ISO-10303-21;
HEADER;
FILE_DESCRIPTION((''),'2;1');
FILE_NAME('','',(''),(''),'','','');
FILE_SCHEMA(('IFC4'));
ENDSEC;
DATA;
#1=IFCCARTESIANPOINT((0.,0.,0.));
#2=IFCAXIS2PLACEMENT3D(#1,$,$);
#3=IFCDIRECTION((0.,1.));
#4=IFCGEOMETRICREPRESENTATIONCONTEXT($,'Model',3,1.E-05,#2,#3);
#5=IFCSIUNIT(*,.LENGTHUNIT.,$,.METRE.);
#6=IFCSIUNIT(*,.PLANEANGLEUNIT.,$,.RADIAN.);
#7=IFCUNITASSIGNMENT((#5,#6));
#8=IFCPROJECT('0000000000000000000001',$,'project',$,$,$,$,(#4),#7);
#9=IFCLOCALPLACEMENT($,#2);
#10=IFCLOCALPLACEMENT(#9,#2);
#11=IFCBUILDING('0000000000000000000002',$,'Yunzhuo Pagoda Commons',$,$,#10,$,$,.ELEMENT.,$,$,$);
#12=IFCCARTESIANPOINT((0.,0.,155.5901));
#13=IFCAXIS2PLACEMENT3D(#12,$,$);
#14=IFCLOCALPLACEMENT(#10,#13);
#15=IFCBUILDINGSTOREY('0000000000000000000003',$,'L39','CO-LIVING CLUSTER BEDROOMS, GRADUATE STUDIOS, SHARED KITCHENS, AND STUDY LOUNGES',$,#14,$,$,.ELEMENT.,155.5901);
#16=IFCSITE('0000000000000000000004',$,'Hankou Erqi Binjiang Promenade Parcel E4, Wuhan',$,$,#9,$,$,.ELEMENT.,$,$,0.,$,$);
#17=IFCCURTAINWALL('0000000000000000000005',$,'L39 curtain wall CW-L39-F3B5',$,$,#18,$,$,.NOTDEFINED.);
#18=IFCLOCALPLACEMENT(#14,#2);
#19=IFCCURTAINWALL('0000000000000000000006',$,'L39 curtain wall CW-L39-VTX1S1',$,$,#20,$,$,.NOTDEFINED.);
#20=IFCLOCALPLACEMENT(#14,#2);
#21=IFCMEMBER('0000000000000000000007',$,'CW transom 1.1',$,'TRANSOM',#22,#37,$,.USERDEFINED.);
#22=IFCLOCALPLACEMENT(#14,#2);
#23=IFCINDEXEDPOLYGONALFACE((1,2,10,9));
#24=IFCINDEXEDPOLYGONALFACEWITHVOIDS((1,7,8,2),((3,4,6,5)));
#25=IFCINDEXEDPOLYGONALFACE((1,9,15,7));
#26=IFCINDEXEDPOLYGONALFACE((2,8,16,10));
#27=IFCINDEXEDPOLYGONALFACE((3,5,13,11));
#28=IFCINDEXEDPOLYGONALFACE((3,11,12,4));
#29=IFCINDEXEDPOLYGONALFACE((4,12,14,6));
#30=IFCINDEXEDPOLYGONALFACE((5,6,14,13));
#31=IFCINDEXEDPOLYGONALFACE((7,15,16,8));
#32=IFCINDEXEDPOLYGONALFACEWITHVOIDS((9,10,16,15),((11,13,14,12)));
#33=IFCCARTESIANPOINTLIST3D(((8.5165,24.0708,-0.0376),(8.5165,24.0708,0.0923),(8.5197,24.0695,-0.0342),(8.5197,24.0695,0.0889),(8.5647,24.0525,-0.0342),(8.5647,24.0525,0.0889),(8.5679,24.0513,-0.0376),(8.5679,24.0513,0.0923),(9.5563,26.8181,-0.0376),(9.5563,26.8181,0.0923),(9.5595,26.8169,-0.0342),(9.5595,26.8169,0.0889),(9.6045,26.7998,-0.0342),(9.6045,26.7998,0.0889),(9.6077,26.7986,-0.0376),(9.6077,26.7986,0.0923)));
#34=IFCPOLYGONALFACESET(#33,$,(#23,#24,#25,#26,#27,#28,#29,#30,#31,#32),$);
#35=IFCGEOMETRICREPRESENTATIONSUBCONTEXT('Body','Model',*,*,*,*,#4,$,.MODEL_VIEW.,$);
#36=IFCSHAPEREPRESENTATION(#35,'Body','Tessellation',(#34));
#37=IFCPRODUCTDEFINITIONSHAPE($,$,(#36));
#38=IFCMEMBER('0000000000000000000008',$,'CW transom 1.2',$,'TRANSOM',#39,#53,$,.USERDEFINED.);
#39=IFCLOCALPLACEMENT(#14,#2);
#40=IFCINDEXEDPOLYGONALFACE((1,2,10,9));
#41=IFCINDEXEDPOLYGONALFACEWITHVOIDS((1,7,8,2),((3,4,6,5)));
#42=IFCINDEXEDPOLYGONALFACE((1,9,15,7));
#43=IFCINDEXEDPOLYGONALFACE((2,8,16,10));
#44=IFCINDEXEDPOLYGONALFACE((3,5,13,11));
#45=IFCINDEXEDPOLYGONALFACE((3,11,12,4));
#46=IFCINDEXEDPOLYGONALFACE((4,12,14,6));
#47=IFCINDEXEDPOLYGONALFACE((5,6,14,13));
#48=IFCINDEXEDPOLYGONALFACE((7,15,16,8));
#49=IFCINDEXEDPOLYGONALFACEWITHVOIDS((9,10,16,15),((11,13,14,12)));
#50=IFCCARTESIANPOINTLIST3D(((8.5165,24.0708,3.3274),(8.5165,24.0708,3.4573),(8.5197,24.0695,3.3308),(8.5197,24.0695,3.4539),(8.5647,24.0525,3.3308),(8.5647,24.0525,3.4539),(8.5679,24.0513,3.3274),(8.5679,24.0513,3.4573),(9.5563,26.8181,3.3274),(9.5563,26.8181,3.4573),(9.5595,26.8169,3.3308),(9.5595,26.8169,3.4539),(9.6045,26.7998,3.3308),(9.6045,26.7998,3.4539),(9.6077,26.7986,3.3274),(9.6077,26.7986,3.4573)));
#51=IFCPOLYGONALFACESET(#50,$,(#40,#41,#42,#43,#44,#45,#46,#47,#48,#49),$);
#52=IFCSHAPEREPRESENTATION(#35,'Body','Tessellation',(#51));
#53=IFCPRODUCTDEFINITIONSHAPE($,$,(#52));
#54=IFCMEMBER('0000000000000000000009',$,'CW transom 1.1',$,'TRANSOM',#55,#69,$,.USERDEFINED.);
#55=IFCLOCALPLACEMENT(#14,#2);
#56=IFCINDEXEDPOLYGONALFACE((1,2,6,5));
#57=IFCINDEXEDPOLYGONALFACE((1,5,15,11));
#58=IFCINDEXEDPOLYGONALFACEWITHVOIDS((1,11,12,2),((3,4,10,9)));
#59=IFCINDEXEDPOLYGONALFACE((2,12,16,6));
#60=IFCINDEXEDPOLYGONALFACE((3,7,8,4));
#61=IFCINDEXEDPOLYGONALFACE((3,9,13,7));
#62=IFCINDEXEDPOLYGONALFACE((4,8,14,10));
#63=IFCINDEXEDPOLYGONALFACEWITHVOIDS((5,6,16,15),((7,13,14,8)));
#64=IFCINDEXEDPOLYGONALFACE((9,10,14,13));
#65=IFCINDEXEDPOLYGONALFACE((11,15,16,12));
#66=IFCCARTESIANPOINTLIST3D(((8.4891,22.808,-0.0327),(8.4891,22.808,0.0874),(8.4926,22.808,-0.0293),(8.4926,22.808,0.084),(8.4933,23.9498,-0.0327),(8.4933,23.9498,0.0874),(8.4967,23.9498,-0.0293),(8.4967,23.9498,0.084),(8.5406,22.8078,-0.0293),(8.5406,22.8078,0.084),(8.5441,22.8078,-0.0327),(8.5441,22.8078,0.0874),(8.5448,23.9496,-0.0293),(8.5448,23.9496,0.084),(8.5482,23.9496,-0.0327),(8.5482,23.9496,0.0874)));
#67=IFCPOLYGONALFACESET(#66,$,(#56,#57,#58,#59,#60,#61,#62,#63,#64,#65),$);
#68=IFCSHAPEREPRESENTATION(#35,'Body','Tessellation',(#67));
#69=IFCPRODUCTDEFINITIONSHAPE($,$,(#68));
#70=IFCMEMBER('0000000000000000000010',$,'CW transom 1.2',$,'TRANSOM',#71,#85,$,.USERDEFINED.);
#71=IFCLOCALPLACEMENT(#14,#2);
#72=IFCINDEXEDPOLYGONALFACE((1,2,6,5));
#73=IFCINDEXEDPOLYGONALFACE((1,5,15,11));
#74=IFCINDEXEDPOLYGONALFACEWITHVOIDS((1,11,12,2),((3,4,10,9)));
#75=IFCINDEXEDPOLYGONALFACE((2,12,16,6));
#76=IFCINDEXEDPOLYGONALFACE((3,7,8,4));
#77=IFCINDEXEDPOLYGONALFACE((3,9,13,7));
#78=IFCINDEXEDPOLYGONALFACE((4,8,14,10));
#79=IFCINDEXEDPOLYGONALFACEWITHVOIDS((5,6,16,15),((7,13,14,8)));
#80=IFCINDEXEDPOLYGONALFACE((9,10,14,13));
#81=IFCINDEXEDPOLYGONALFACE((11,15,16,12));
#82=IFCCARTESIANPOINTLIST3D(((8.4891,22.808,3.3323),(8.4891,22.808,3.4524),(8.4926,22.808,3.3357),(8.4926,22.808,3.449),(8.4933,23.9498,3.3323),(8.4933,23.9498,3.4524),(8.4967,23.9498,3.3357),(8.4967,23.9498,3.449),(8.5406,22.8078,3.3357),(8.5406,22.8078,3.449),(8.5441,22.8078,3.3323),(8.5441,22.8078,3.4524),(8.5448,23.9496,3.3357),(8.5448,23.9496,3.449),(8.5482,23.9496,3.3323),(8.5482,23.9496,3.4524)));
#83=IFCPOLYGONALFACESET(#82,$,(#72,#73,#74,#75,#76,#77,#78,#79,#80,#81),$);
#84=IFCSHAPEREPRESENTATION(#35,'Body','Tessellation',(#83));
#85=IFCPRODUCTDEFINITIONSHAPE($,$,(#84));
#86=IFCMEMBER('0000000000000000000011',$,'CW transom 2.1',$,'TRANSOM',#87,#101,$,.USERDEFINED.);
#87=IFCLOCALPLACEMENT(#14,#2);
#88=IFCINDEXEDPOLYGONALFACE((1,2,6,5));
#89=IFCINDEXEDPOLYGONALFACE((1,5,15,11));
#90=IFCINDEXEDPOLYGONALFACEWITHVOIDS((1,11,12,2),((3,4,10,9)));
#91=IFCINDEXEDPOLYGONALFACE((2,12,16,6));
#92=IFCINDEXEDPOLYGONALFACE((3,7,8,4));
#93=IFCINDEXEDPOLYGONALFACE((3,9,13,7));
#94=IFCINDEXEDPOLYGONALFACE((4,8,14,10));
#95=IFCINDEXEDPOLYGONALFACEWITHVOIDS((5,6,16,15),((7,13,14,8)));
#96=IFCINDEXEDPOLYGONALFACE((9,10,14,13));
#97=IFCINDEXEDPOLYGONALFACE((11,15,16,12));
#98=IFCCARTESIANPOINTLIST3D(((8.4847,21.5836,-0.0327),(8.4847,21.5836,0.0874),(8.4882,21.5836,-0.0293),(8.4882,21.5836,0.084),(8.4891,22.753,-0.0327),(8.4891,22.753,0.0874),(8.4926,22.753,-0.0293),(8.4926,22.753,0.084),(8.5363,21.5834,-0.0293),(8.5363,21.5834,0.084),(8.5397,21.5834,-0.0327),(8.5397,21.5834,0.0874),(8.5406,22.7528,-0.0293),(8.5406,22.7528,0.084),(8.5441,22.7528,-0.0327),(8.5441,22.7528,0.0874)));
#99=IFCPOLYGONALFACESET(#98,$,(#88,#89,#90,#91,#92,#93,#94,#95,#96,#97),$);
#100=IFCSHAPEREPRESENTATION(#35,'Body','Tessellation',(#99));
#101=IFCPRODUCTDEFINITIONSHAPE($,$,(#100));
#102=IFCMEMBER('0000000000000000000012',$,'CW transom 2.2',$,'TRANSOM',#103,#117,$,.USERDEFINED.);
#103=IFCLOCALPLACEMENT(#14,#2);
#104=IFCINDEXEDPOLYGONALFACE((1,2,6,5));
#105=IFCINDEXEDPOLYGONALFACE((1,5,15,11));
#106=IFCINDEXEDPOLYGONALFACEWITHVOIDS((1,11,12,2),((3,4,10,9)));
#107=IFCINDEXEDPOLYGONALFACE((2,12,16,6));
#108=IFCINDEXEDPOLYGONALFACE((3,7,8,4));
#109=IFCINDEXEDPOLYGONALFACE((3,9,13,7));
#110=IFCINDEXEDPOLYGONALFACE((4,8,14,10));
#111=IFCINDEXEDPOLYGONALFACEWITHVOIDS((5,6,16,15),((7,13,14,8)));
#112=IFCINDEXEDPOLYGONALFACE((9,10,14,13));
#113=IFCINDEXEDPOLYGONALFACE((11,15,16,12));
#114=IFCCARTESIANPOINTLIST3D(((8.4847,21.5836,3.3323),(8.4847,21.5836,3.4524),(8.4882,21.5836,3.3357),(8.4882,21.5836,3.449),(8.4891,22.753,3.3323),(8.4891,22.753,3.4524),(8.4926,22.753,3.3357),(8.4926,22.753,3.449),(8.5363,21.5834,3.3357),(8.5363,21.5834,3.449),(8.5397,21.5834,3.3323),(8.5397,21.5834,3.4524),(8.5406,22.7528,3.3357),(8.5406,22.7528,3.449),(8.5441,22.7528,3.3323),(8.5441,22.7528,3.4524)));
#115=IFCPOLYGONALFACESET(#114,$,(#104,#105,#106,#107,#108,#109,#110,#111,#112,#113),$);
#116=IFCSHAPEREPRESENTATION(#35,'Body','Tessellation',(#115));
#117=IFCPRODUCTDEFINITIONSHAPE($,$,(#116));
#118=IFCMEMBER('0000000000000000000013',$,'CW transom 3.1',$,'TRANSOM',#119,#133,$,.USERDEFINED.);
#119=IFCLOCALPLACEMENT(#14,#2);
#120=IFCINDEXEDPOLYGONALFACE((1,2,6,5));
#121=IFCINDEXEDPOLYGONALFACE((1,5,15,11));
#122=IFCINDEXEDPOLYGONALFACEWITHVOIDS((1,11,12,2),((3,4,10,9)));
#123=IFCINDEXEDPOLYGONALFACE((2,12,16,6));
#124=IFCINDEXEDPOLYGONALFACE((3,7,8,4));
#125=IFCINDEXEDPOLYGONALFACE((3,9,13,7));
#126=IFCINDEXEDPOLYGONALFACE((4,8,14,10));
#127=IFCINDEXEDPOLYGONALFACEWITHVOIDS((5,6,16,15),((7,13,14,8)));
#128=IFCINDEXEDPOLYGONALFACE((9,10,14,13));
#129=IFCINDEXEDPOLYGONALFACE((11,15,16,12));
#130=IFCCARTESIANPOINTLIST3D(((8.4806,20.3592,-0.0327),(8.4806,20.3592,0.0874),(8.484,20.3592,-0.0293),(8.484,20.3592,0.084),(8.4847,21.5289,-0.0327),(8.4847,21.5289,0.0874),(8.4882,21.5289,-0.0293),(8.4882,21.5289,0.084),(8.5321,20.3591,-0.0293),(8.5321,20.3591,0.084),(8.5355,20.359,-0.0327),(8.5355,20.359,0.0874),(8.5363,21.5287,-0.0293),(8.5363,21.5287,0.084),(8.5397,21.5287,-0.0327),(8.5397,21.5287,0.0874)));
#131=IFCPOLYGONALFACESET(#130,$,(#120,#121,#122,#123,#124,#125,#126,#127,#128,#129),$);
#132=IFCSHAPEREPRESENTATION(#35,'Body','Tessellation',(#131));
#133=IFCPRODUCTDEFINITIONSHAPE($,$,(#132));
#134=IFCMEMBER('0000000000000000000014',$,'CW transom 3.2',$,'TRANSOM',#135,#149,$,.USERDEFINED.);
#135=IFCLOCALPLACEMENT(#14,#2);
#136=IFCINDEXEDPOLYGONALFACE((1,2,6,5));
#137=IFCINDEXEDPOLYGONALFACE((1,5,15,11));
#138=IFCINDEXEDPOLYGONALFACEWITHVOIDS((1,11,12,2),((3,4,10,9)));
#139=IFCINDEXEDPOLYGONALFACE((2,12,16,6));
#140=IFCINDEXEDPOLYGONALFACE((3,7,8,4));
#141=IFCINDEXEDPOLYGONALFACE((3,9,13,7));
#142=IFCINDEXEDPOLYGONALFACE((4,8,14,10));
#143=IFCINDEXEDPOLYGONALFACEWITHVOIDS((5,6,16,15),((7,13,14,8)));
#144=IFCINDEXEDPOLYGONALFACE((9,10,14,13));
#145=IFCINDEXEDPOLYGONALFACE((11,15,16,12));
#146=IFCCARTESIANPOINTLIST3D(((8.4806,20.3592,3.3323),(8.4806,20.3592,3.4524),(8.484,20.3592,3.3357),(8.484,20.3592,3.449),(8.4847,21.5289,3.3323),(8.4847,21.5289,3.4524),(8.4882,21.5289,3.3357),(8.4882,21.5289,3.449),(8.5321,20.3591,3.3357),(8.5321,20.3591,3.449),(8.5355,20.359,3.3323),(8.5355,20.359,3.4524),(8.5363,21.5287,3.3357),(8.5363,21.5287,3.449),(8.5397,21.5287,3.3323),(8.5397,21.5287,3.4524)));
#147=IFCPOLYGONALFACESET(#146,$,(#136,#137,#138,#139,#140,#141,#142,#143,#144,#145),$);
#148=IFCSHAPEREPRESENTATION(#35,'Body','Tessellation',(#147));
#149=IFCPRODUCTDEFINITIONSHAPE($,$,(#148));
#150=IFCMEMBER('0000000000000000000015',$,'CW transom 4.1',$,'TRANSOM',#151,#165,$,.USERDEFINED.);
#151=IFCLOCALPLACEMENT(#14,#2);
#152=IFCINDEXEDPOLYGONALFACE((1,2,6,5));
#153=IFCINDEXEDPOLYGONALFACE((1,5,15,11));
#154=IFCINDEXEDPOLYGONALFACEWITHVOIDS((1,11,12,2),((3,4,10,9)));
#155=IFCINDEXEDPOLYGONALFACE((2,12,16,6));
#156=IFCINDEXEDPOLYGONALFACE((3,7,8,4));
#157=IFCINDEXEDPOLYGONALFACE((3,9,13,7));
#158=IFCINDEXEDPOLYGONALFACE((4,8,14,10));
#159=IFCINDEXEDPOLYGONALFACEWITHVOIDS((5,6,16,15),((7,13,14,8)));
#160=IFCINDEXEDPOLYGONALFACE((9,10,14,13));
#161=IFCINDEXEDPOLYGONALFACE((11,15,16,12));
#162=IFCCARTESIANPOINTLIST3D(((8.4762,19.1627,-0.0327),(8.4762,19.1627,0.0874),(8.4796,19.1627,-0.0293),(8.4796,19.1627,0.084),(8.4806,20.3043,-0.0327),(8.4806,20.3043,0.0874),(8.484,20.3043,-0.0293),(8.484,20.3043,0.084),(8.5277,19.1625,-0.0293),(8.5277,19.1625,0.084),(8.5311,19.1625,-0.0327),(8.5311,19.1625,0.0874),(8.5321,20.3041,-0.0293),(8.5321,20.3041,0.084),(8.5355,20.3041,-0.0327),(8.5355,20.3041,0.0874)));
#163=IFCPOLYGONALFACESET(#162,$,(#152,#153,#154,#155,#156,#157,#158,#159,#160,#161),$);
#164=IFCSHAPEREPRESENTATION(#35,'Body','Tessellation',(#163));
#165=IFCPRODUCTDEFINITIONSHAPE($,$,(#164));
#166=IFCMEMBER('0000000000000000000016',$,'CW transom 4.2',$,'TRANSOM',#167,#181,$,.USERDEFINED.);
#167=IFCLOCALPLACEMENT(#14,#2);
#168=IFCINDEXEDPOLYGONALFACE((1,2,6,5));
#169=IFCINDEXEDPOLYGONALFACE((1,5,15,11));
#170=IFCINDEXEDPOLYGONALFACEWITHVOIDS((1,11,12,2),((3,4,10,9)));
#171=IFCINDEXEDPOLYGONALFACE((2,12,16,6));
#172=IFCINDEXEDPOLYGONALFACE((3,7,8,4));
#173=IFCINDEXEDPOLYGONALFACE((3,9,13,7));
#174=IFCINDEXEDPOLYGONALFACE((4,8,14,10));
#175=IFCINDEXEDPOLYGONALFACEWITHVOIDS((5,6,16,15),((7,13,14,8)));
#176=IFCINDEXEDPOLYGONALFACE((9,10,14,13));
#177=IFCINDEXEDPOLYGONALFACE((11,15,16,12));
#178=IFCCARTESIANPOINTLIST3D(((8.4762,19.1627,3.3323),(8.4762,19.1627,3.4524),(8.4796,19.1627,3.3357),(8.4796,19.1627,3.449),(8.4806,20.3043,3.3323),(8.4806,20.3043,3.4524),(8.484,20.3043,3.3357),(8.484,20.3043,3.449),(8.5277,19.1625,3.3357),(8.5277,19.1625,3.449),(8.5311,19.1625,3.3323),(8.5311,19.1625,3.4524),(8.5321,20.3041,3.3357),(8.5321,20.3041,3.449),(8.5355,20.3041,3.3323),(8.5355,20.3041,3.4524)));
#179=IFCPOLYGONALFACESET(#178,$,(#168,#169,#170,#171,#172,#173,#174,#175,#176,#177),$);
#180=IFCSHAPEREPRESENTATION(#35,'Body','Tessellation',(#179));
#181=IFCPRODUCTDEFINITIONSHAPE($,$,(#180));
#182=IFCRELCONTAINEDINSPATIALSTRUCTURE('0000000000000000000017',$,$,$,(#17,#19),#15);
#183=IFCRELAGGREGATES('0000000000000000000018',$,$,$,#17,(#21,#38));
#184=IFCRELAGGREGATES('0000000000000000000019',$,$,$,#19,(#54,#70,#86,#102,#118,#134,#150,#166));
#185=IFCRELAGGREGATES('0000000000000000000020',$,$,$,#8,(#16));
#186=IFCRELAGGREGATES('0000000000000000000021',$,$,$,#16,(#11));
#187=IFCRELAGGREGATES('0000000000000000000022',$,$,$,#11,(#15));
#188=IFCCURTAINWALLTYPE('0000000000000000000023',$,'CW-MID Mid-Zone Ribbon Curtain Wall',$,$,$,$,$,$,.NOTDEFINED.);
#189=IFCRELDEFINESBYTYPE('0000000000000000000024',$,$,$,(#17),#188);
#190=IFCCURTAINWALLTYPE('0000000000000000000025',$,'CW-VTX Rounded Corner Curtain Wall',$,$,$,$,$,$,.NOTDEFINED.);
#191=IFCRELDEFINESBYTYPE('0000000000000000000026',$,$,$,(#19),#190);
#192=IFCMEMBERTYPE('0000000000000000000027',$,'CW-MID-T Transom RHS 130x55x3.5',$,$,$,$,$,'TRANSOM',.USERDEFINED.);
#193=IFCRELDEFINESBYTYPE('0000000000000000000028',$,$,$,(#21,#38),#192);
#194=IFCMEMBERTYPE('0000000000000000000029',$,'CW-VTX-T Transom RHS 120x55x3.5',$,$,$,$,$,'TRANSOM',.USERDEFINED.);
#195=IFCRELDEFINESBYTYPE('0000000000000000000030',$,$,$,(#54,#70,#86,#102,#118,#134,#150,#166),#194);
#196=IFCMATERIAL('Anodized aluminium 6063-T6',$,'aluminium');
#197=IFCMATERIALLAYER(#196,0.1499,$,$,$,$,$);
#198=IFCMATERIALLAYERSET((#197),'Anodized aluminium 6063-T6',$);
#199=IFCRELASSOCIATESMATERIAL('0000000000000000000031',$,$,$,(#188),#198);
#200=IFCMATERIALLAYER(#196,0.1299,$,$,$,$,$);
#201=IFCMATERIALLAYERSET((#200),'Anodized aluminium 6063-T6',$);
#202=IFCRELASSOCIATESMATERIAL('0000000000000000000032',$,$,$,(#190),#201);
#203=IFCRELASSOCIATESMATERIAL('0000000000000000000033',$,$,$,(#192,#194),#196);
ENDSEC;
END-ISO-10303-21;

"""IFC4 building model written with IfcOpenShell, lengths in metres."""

from ifc_helpers import new_model, si_unit, direction, frame, origin, origin_2d, place, context, subcontext, project, spatial, hollow_rectangle, extrude, source, transform, mapped, material, layer, layer_set, material_profile, profile_set, type_object, element, aggregate, save


model = new_model("IFC4")

# Units and contexts
model_context = context("Model", 3, precision=1e-05, world=origin(), true_north=direction((0.0, 1.0)))
body_context = subcontext(model_context, "Body", "Model", "MODEL_VIEW")
ifc_project = project(units=[si_unit("LENGTHUNIT", "METRE"), si_unit("PLANEANGLEUNIT", "RADIAN")], contexts=[model_context])

# Site, building, storey
site_placement = place(None, origin())
site = spatial("IfcSite", under=ifc_project, at=site_placement, Name="Hankou Erqi Binjiang Promenade Parcel E4, Wuhan", CompositionType="ELEMENT", RefElevation=0.0)
building_placement = place(site_placement, origin())
building = spatial("IfcBuilding", under=site, at=building_placement, Name="Yunzhuo Pagoda Commons", CompositionType="ELEMENT")
storey_placement = place(building_placement, frame((0.0, 0.0, 155.5901)))
storey = spatial("IfcBuildingStorey", under=building, at=storey_placement, Name="L39", Description="CO-LIVING CLUSTER BEDROOMS, GRADUATE STUDIOS, SHARED KITCHENS, AND STUDY LOUNGES", CompositionType="ELEMENT", Elevation=155.5901)

# Shared definitions
ifc_material_1 = material(Name="Anodized aluminium 6063-T6", Category="aluminium")
ifc_layer_1 = layer(ifc_material_1, 0.1499)
ifc_layer_set_1 = layer_set([ifc_layer_1], Name="Anodized aluminium 6063-T6")
curtain_wall_type_1 = type_object("IfcCurtainWallType", Name="CW-MID Mid-Zone Ribbon Curtain Wall", PredefinedType="NOTDEFINED", material=ifc_layer_set_1)

# Curtain walls
curtain_wall_1_placement = place(storey_placement, origin())
curtain_wall_1 = element("IfcCurtainWall", 1, at=curtain_wall_1_placement, inside=storey, type_object=curtain_wall_type_1, Name="L39 curtain wall CW-L39-F3B5", PredefinedType="NOTDEFINED")
ifc_layer_2 = layer(ifc_material_1, 0.1299)
ifc_layer_set_2 = layer_set([ifc_layer_2], Name="Anodized aluminium 6063-T6")
curtain_wall_type_2 = type_object("IfcCurtainWallType", Name="CW-VTX Rounded Corner Curtain Wall", PredefinedType="NOTDEFINED", material=ifc_layer_set_2)
curtain_wall_2_placement = place(storey_placement, origin())
curtain_wall_2 = element("IfcCurtainWall", 2, at=curtain_wall_2_placement, inside=storey, type_object=curtain_wall_type_2, Name="L39 curtain wall CW-L39-VTX1S1", PredefinedType="NOTDEFINED")

# Members
ifc_material_profile_1 = material_profile(ifc_material_1, hollow_rectangle(XDim=0.0549, YDim=0.1299, WallThickness=0.0034, at=origin_2d()), Name="Anodized aluminium 6063-T6")
ifc_profile_set_1 = profile_set([ifc_material_profile_1], Name="Anodized aluminium 6063-T6")
member_type_1 = type_object("IfcMemberType", Name="CW-MID-T Transom RHS 130x55x3.5", ElementType="TRANSOM", PredefinedType="USERDEFINED", material=ifc_profile_set_1)
shared_shape_1 = source(origin(), body_context, "Body", "SweptSolid", [
    extrude(hollow_rectangle(XDim=0.0549, YDim=0.1299, WallThickness=0.0034, at=origin_2d()), origin(), (0.0, 0.0, 1.0), 2.9375),
])
member_1_placement = place(storey_placement, frame((9.582, 26.8083, 0.0273), z_axis=(-0.353973, -0.935256, 0.0), x_axis=(0.935256, -0.353973, 0.0)))
member_1 = element("IfcMember", 3, at=member_1_placement, type_object=member_type_1, Name="CW transom 1.1", ObjectType="TRANSOM", PredefinedType="USERDEFINED", context=body_context, shape_type="MappedRepresentation", body=[
    mapped(shared_shape_1, transform((0.0, 0.0, 0.0), scale=1.0)),
])
member_2_placement = place(storey_placement, frame((9.582, 26.8083, 3.3923), z_axis=(-0.353973, -0.935256, 0.0), x_axis=(0.935256, -0.353973, 0.0)))
member_2 = element("IfcMember", 4, at=member_2_placement, type_object=member_type_1, Name="CW transom 1.2", ObjectType="TRANSOM", PredefinedType="USERDEFINED", context=body_context, shape_type="MappedRepresentation", body=[
    mapped(shared_shape_1, transform((0.0, 0.0, 0.0), scale=1.0)),
])
ifc_material_profile_2 = material_profile(ifc_material_1, hollow_rectangle(XDim=0.0549, YDim=0.1201, WallThickness=0.0034, at=origin_2d()), Name="Anodized aluminium 6063-T6")
ifc_profile_set_2 = profile_set([ifc_material_profile_2], Name="Anodized aluminium 6063-T6")
member_type_2 = type_object("IfcMemberType", Name="CW-VTX-T Transom RHS 120x55x3.5", ElementType="TRANSOM", PredefinedType="USERDEFINED", material=ifc_profile_set_2)
shared_shape_2 = source(origin(), body_context, "Body", "SweptSolid", [
    extrude(hollow_rectangle(XDim=0.0549, YDim=0.1201, WallThickness=0.0034, at=origin_2d()), origin(), (0.0, 0.0, 1.0), 1.1418),
])
member_3_placement = place(storey_placement, frame((8.5208, 23.9497, 0.0273), z_axis=(-0.003635, -0.999993, 0.0), x_axis=(0.999993, -0.003635, 0.0)))
member_3 = element("IfcMember", 5, at=member_3_placement, type_object=member_type_2, Name="CW transom 1.1", ObjectType="TRANSOM", PredefinedType="USERDEFINED", context=body_context, shape_type="MappedRepresentation", body=[
    mapped(shared_shape_2, transform((0.0, 0.0, 0.0), scale=1.0)),
])
member_4_placement = place(storey_placement, frame((8.5208, 23.9497, 3.3923), z_axis=(-0.003635, -0.999993, 0.0), x_axis=(0.999993, -0.003635, 0.0)))
member_4 = element("IfcMember", 6, at=member_4_placement, type_object=member_type_2, Name="CW transom 1.2", ObjectType="TRANSOM", PredefinedType="USERDEFINED", context=body_context, shape_type="MappedRepresentation", body=[
    mapped(shared_shape_2, transform((0.0, 0.0, 0.0), scale=1.0)),
])
shared_shape_3 = source(origin(), body_context, "Body", "SweptSolid", [
    extrude(hollow_rectangle(XDim=0.0549, YDim=0.1201, WallThickness=0.0034, at=origin_2d()), origin(), (0.0, 0.0, 1.0), 1.1694),
])
member_5_placement = place(storey_placement, frame((8.5166, 22.7529, 0.0273), z_axis=(-0.003758, -0.999993, 0.0), x_axis=(0.999993, -0.003758, 0.0)))
member_5 = element("IfcMember", 7, at=member_5_placement, type_object=member_type_2, Name="CW transom 2.1", ObjectType="TRANSOM", PredefinedType="USERDEFINED", context=body_context, shape_type="MappedRepresentation", body=[
    mapped(shared_shape_3, transform((0.0, 0.0, 0.0), scale=1.0)),
])
member_6_placement = place(storey_placement, frame((8.5166, 22.7529, 3.3923), z_axis=(-0.003758, -0.999993, 0.0), x_axis=(0.999993, -0.003758, 0.0)))
member_6 = element("IfcMember", 8, at=member_6_placement, type_object=member_type_2, Name="CW transom 2.2", ObjectType="TRANSOM", PredefinedType="USERDEFINED", context=body_context, shape_type="MappedRepresentation", body=[
    mapped(shared_shape_3, transform((0.0, 0.0, 0.0), scale=1.0)),
])
shared_shape_4 = source(origin(), body_context, "Body", "SweptSolid", [
    extrude(hollow_rectangle(XDim=0.0549, YDim=0.1201, WallThickness=0.0034, at=origin_2d()), origin(), (0.0, 0.0, 1.0), 1.1697),
])
member_7_placement = place(storey_placement, frame((8.5122, 21.5288, 0.0273), z_axis=(-0.003548, -0.999994, 0.0), x_axis=(0.999994, -0.003548, 0.0)))
member_7 = element("IfcMember", 9, at=member_7_placement, type_object=member_type_2, Name="CW transom 3.1", ObjectType="TRANSOM", PredefinedType="USERDEFINED", context=body_context, shape_type="MappedRepresentation", body=[
    mapped(shared_shape_4, transform((0.0, 0.0, 0.0), scale=1.0)),
])
member_8_placement = place(storey_placement, frame((8.5122, 21.5288, 3.3923), z_axis=(-0.003548, -0.999994, 0.0), x_axis=(0.999994, -0.003548, 0.0)))
member_8 = element("IfcMember", 10, at=member_8_placement, type_object=member_type_2, Name="CW transom 3.2", ObjectType="TRANSOM", PredefinedType="USERDEFINED", context=body_context, shape_type="MappedRepresentation", body=[
    mapped(shared_shape_4, transform((0.0, 0.0, 0.0), scale=1.0)),
])
shared_shape_5 = source(origin(), body_context, "Body", "SweptSolid", [
    extrude(hollow_rectangle(XDim=0.0549, YDim=0.1201, WallThickness=0.0034, at=origin_2d()), origin(), (0.0, 0.0, 1.0), 1.1416),
])
member_9_placement = place(storey_placement, frame((8.5081, 20.3042, 0.0273), z_axis=(-0.003849, -0.999993, 0.0), x_axis=(0.999993, -0.003849, 0.0)))
member_9 = element("IfcMember", 11, at=member_9_placement, type_object=member_type_2, Name="CW transom 4.1", ObjectType="TRANSOM", PredefinedType="USERDEFINED", context=body_context, shape_type="MappedRepresentation", body=[
    mapped(shared_shape_5, transform((0.0, 0.0, 0.0), scale=1.0)),
])
member_10_placement = place(storey_placement, frame((8.5081, 20.3042, 3.3923), z_axis=(-0.003849, -0.999993, 0.0), x_axis=(0.999993, -0.003849, 0.0)))
member_10 = element("IfcMember", 12, at=member_10_placement, type_object=member_type_2, Name="CW transom 4.2", ObjectType="TRANSOM", PredefinedType="USERDEFINED", context=body_context, shape_type="MappedRepresentation", body=[
    mapped(shared_shape_5, transform((0.0, 0.0, 0.0), scale=1.0)),
])

aggregate(curtain_wall_1, [member_1, member_2])
aggregate(curtain_wall_2, [member_3, member_4, member_5, member_6, member_7, member_8, member_9, member_10])

save(model, "model.ifc")
